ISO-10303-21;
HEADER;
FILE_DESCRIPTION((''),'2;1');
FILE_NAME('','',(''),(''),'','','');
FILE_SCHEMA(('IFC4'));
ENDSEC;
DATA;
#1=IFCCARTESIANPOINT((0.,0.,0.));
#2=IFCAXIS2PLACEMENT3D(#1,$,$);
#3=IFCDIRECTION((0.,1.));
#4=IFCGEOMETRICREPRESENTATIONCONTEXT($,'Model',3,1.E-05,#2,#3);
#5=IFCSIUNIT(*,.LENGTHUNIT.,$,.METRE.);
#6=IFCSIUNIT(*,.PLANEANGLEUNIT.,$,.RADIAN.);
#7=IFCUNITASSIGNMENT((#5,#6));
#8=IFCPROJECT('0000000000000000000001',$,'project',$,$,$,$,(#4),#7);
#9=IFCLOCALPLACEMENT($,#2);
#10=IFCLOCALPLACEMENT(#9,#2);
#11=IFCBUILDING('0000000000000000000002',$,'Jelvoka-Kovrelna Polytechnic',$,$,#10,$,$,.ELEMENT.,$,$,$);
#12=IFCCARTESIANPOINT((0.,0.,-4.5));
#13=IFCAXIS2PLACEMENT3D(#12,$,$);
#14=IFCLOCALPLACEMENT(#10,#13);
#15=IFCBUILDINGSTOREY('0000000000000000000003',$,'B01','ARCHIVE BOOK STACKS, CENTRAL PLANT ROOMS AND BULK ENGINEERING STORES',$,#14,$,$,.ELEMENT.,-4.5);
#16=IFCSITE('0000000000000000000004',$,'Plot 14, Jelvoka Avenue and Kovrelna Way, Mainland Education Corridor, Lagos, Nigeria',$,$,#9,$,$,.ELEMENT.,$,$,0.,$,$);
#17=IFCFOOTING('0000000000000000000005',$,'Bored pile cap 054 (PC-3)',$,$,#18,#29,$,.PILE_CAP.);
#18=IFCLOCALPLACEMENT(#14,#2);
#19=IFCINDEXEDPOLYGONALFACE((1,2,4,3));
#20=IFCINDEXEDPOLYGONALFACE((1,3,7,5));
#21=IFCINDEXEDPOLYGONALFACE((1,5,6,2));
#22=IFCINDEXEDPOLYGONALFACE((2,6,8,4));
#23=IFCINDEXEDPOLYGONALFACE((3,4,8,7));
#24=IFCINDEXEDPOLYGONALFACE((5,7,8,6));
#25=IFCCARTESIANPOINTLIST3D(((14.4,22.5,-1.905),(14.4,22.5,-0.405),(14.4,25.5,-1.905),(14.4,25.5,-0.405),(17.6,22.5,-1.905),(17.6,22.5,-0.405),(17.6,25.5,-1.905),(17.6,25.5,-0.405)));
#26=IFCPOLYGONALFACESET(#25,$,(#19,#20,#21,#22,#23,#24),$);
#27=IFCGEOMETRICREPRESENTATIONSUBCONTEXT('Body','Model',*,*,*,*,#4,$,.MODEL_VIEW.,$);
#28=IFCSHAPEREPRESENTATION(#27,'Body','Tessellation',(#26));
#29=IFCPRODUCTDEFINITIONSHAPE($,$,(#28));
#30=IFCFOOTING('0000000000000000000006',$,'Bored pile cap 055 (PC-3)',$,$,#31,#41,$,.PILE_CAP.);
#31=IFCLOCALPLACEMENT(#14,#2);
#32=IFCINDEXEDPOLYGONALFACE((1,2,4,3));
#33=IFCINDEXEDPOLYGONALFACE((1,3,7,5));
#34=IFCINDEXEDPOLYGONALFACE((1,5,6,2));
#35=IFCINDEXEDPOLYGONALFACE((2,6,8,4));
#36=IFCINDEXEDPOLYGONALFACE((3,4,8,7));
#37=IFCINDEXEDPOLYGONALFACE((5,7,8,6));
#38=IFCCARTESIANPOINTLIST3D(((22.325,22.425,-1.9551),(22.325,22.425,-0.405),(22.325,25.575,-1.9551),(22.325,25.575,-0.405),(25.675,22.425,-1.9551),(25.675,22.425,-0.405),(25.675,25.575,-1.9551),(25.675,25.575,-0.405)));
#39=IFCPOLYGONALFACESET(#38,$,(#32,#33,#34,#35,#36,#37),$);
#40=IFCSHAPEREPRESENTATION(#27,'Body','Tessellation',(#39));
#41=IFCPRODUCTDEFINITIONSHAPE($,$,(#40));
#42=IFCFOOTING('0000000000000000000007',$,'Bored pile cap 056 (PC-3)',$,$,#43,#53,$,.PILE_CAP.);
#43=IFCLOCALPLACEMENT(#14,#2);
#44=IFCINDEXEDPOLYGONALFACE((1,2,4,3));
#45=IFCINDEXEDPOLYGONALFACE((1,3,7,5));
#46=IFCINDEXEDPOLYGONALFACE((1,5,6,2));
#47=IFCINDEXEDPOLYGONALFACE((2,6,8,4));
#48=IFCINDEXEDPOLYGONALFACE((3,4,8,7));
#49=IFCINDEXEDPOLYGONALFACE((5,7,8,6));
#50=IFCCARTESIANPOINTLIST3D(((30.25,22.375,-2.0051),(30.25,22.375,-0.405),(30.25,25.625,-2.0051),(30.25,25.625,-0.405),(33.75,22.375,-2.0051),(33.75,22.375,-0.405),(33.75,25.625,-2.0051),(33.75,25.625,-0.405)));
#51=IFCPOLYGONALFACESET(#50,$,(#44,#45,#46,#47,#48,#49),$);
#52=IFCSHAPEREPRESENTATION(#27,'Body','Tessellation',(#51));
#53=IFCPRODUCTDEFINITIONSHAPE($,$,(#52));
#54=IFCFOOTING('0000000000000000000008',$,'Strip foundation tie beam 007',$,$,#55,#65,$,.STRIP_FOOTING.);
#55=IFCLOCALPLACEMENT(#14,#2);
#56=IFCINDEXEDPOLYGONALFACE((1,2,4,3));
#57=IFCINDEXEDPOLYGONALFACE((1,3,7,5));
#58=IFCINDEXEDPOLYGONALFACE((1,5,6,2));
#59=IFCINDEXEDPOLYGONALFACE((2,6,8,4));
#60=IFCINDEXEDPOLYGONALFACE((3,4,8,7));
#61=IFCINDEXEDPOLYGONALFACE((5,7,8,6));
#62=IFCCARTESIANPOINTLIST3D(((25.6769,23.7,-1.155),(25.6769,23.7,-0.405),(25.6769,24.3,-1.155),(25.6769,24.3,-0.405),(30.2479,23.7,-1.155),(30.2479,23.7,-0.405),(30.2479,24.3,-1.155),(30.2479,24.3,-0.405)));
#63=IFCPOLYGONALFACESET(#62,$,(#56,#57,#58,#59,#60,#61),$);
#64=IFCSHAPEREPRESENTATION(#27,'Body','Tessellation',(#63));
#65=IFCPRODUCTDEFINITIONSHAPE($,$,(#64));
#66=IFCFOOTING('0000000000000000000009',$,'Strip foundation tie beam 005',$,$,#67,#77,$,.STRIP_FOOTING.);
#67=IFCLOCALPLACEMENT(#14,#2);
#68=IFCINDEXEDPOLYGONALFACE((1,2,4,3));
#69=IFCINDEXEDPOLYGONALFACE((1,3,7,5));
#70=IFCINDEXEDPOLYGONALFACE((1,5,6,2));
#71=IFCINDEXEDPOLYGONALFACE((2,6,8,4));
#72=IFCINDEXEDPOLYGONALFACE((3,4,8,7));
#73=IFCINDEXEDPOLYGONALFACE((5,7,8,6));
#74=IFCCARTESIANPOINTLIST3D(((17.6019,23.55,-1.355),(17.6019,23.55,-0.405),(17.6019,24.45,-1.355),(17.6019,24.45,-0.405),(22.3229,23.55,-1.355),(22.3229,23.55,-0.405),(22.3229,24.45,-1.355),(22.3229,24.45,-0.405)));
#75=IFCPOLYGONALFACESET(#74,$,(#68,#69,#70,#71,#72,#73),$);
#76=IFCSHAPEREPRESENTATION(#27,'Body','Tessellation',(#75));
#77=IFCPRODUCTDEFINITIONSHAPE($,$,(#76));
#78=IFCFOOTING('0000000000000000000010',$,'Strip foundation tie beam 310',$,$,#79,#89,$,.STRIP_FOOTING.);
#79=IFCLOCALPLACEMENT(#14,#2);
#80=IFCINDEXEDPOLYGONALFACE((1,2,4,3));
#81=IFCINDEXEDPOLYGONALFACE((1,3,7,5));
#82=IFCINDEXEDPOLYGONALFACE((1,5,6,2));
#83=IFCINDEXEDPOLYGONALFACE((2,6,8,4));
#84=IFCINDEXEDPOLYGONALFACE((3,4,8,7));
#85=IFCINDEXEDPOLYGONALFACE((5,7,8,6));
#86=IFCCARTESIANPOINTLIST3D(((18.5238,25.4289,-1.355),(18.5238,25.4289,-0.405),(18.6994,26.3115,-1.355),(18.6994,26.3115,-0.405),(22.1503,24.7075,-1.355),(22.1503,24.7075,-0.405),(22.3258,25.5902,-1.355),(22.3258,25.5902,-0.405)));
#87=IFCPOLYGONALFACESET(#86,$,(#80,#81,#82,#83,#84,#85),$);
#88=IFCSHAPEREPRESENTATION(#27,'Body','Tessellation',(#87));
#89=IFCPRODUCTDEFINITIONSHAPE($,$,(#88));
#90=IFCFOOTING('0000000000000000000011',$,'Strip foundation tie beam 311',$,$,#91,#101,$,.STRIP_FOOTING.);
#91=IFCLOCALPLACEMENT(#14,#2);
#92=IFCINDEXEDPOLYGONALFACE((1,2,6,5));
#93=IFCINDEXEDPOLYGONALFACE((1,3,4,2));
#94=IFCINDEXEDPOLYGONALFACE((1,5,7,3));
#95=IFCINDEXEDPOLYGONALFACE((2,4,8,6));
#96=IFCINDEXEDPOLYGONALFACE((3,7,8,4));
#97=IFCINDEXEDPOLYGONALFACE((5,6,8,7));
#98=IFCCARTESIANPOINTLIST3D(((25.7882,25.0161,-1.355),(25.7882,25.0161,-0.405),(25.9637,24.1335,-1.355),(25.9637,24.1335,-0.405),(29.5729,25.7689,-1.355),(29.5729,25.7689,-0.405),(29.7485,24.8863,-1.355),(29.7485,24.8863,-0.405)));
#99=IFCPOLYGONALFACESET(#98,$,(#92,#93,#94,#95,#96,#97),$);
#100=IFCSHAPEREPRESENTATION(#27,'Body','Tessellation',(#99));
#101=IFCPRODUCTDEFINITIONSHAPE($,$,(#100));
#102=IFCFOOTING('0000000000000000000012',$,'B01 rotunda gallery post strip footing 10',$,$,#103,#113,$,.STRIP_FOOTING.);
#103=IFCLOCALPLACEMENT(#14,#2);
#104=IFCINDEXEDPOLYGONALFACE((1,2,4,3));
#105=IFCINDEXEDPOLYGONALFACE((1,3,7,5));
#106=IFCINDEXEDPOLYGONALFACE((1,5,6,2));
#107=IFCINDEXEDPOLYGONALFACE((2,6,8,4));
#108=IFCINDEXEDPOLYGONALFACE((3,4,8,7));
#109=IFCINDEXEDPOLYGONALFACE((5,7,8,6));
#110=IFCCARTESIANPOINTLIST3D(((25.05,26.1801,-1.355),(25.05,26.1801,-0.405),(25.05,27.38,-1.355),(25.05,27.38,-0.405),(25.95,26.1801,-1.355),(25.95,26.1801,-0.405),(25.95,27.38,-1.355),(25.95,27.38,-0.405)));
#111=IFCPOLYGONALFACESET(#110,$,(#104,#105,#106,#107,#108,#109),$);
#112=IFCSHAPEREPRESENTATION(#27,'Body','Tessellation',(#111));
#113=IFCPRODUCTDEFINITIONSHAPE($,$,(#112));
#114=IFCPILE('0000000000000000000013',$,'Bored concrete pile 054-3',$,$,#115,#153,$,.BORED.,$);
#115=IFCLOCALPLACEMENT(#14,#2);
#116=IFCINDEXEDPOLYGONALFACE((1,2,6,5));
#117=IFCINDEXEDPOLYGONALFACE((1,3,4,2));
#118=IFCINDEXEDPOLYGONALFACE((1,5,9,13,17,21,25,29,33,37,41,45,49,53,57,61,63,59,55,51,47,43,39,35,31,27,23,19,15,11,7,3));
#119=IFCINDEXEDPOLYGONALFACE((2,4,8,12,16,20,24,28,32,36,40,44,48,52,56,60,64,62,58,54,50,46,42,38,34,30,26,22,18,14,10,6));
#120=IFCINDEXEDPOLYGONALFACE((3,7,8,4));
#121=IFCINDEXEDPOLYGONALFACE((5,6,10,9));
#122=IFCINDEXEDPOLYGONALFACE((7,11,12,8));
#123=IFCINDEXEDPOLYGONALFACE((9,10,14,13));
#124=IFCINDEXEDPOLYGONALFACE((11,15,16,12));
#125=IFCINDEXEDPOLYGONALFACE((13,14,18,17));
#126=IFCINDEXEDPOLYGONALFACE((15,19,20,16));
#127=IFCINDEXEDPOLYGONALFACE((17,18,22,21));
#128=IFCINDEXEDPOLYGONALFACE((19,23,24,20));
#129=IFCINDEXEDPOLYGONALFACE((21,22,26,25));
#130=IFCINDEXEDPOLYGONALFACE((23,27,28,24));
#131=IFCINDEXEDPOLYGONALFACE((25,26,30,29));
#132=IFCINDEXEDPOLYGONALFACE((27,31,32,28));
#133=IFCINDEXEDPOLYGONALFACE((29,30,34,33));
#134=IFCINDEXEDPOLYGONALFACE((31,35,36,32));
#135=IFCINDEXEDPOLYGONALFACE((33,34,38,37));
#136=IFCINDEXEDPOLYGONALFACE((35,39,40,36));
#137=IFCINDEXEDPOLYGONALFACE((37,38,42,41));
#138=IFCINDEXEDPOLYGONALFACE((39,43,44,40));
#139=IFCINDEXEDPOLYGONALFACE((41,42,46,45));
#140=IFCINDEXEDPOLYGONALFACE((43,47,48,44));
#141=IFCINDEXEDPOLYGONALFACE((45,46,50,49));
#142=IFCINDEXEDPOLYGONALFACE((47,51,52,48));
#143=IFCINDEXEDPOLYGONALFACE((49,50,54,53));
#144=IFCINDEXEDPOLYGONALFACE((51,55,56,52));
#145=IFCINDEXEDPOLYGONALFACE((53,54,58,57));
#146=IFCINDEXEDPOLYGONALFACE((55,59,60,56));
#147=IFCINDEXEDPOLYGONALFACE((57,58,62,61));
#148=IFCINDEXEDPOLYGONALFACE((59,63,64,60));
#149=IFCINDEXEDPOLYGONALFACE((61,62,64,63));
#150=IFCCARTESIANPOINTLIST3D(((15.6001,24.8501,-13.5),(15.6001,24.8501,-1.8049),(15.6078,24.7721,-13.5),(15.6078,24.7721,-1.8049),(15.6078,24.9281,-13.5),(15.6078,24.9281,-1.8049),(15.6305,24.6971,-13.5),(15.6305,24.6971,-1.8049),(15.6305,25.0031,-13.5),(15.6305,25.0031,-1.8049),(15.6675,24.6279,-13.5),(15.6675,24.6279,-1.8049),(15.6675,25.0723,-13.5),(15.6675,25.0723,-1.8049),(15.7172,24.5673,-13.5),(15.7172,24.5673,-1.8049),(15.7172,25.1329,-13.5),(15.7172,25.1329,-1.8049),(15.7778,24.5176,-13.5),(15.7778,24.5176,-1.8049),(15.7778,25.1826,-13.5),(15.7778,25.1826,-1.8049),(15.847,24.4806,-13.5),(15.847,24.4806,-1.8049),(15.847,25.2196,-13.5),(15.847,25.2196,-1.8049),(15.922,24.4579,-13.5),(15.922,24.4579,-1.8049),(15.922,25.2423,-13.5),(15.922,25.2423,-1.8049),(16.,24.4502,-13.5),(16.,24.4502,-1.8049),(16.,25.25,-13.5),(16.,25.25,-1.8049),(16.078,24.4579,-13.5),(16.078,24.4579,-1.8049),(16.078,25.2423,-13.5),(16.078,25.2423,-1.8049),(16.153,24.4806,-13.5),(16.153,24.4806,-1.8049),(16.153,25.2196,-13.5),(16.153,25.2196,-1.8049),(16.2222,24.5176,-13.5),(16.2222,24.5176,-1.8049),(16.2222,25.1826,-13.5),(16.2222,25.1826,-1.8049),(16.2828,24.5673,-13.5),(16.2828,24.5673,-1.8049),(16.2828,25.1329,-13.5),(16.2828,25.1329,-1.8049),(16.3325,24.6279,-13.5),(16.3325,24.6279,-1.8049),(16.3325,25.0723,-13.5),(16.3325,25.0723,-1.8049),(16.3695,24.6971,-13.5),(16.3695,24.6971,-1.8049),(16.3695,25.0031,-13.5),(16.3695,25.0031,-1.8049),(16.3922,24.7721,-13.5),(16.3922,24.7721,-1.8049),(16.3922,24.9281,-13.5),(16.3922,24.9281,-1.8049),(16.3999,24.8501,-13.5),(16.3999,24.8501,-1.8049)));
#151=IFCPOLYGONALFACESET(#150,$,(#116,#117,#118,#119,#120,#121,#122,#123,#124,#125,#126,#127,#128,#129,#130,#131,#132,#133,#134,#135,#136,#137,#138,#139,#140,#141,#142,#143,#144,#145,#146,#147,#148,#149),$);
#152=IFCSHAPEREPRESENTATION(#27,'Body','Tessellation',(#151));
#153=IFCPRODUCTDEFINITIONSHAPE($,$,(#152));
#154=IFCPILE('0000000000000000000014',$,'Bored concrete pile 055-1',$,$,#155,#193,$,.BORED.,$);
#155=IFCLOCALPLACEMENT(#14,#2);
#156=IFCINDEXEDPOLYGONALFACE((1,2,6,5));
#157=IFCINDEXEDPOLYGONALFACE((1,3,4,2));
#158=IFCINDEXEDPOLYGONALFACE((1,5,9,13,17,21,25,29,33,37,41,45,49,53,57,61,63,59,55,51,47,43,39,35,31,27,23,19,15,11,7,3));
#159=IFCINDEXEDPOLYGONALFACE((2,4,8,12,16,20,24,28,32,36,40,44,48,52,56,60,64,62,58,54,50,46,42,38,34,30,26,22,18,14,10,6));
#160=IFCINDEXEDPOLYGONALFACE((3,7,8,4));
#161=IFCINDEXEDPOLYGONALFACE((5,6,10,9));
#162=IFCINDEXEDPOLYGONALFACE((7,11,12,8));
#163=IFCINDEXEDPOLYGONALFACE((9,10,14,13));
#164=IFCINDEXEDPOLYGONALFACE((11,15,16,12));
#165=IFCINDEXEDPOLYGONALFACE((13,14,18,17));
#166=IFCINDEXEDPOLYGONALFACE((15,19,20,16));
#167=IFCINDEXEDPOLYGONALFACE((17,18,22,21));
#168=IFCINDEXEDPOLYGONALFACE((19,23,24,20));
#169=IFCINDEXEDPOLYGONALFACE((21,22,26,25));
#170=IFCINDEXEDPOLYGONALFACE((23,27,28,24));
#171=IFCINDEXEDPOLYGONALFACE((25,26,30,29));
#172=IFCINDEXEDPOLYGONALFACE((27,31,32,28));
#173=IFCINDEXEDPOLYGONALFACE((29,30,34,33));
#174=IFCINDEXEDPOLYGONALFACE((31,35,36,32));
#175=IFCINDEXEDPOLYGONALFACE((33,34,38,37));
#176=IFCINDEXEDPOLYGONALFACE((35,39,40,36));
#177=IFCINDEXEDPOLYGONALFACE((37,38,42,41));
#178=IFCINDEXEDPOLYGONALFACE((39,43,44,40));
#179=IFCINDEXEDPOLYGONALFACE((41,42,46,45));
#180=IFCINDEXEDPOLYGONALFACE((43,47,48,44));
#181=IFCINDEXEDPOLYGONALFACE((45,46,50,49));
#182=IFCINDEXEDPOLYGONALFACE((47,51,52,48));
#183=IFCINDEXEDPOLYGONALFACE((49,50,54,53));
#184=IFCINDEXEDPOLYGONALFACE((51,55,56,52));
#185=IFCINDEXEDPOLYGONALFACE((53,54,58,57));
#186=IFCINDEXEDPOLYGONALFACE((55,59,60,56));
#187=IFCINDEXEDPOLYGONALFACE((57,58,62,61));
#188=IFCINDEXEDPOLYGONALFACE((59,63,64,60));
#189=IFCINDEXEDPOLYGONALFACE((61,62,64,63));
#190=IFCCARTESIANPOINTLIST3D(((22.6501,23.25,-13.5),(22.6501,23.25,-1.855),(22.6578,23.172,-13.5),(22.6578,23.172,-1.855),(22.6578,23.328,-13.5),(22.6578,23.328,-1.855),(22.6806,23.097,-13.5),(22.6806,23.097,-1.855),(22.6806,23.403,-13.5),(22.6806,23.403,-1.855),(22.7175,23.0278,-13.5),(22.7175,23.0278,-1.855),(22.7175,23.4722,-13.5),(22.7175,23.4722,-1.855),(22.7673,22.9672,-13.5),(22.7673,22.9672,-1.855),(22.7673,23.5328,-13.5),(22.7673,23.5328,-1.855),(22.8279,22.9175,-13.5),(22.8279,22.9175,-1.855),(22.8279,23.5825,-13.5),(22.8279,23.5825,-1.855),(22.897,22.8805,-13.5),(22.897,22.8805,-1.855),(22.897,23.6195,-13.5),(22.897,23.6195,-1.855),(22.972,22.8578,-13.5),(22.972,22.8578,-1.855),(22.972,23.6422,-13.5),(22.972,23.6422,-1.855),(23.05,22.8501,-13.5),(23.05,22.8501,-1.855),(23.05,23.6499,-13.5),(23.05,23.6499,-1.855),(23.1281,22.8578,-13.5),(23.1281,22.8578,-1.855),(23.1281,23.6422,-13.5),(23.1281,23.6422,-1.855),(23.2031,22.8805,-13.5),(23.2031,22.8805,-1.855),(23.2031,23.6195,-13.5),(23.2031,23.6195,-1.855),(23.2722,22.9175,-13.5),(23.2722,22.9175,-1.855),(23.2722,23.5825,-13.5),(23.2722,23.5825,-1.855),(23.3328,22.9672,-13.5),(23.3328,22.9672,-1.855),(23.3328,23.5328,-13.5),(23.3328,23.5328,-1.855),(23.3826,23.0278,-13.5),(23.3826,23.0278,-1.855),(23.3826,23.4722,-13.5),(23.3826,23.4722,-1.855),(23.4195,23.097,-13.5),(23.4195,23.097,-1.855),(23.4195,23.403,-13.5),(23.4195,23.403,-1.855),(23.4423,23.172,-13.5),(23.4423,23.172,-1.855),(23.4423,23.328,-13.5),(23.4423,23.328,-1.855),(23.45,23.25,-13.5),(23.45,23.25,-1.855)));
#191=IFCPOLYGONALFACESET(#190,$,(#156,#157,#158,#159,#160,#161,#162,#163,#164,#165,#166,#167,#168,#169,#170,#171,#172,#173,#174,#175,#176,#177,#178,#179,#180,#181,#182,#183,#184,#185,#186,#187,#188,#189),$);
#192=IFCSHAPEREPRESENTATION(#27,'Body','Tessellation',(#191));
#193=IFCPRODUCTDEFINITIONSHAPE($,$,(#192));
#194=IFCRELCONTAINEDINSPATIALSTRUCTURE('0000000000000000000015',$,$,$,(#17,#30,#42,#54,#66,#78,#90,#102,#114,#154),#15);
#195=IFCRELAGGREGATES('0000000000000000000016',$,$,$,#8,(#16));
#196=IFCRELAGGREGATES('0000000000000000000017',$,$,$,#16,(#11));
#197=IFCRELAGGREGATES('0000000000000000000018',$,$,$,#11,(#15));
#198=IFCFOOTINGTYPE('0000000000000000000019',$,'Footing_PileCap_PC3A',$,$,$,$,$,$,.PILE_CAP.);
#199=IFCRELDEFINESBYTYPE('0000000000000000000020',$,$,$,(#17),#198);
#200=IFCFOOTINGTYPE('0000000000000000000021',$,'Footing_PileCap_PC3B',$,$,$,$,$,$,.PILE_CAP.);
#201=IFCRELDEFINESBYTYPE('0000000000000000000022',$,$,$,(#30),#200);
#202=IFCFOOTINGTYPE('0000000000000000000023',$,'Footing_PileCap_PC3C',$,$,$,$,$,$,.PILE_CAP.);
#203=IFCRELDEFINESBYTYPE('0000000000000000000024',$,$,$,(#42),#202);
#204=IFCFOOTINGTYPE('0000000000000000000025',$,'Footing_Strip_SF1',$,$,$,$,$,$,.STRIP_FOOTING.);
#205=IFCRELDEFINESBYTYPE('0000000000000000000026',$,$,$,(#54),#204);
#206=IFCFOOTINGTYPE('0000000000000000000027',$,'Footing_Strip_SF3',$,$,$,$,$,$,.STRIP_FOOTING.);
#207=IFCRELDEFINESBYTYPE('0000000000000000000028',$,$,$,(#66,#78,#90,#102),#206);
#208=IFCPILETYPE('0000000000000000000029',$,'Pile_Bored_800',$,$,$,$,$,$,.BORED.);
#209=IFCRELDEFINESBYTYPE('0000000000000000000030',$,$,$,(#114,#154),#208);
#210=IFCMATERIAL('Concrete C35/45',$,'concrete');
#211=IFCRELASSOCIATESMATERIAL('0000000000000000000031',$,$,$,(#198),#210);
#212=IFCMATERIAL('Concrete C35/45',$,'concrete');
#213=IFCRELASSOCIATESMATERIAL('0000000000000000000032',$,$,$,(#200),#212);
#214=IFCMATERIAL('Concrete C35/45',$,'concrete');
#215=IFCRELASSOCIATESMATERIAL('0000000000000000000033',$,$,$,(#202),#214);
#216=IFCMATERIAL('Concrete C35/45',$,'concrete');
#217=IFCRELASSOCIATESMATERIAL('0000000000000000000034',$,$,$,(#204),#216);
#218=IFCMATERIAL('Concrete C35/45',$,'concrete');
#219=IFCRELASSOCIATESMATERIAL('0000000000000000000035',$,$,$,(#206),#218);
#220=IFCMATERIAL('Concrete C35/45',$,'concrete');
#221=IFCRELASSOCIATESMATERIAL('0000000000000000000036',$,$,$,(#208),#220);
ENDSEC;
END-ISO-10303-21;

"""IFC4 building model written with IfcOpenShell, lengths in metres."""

from ifc_helpers import new_model, si_unit, direction, frame, origin, origin_2d, place, context, subcontext, project, spatial, rectangle, circle, extrude, material, material_profile, profile_set, type_object, element, save


model = new_model("IFC4")

# Units and contexts
model_context = context("Model", 3, precision=1e-05, world=origin(), true_north=direction((0.0, 1.0)))
body_context = subcontext(model_context, "Body", "Model", "MODEL_VIEW")
ifc_project = project(units=[si_unit("LENGTHUNIT", "METRE"), si_unit("PLANEANGLEUNIT", "RADIAN")], contexts=[model_context])

# Site, building, storey
site_placement = place(None, origin())
site = spatial("IfcSite", under=ifc_project, at=site_placement, Name="Plot 14, Jelvoka Avenue and Kovrelna Way, Mainland Education Corridor, Lagos, Nigeria", CompositionType="ELEMENT", RefElevation=0.0)
building_placement = place(site_placement, origin())
building = spatial("IfcBuilding", under=site, at=building_placement, Name="Jelvoka-Kovrelna Polytechnic", CompositionType="ELEMENT")
storey_placement = place(building_placement, frame((0.0, 0.0, -4.5)))
storey = spatial("IfcBuildingStorey", under=building, at=storey_placement, Name="B01", Description="ARCHIVE BOOK STACKS, CENTRAL PLANT ROOMS AND BULK ENGINEERING STORES", CompositionType="ELEMENT", Elevation=-4.5)

# Footings
ifc_material_1 = material(Name="Concrete C35/45", Category="concrete")
footing_type_1 = type_object("IfcFootingType", Name="Footing_PileCap_PC3A", PredefinedType="PILE_CAP", material=ifc_material_1)
footing_1_placement = place(storey_placement, frame((16.0, 24.0, -1.905), z_axis=(0.0, 0.0, 1.0), x_axis=(1.0, 0.0, 0.0)))
element("IfcFooting", 1, at=footing_1_placement, inside=storey, type_object=footing_type_1, Name="Bored pile cap 054 (PC-3)", PredefinedType="PILE_CAP", context=body_context, shape_type="SweptSolid", body=[
    extrude(rectangle(XDim=3.2, YDim=3.0, at=origin_2d()), origin(), (0.0, 0.0, 1.0), 1.5),
])
ifc_material_2 = material(Name="Concrete C35/45", Category="concrete")
footing_type_2 = type_object("IfcFootingType", Name="Footing_PileCap_PC3B", PredefinedType="PILE_CAP", material=ifc_material_2)
footing_2_placement = place(storey_placement, frame((24.0, 24.0, -1.9551), z_axis=(0.0, 0.0, 1.0), x_axis=(1.0, 0.0, 0.0)))
element("IfcFooting", 2, at=footing_2_placement, inside=storey, type_object=footing_type_2, Name="Bored pile cap 055 (PC-3)", PredefinedType="PILE_CAP", context=body_context, shape_type="SweptSolid", body=[
    extrude(rectangle(XDim=3.3501, YDim=3.1499, at=origin_2d()), origin(), (0.0, 0.0, 1.0), 1.55),
])
ifc_material_3 = material(Name="Concrete C35/45", Category="concrete")
footing_type_3 = type_object("IfcFootingType", Name="Footing_PileCap_PC3C", PredefinedType="PILE_CAP", material=ifc_material_3)
footing_3_placement = place(storey_placement, frame((32.0, 24.0, -2.0051), z_axis=(0.0, 0.0, 1.0), x_axis=(1.0, 0.0, 0.0)))
element("IfcFooting", 3, at=footing_3_placement, inside=storey, type_object=footing_type_3, Name="Bored pile cap 056 (PC-3)", PredefinedType="PILE_CAP", context=body_context, shape_type="SweptSolid", body=[
    extrude(rectangle(XDim=3.5, YDim=3.25, at=origin_2d()), origin(), (0.0, 0.0, 1.0), 1.6001),
])
ifc_material_4 = material(Name="Concrete C35/45", Category="concrete")
footing_type_4 = type_object("IfcFootingType", Name="Footing_Strip_SF1", PredefinedType="STRIP_FOOTING", material=ifc_material_4)
footing_4_placement = place(storey_placement, frame((27.9624, 24.0, -1.155), z_axis=(0.0, 0.0, 1.0), x_axis=(1.0, 0.0, 0.0)))
element("IfcFooting", 4, at=footing_4_placement, inside=storey, type_object=footing_type_4, Name="Strip foundation tie beam 007", PredefinedType="STRIP_FOOTING", context=body_context, shape_type="SweptSolid", body=[
    extrude(rectangle(XDim=4.571, YDim=0.6001, at=origin_2d()), origin(), (0.0, 0.0, 1.0), 0.75),
])
ifc_material_5 = material(Name="Concrete C35/45", Category="concrete")
footing_type_5 = type_object("IfcFootingType", Name="Footing_Strip_SF3", PredefinedType="STRIP_FOOTING", material=ifc_material_5)
footing_5_placement = place(storey_placement, frame((19.9624, 24.0, -1.355), z_axis=(0.0, 0.0, 1.0), x_axis=(1.0, 0.0, 0.0)))
element("IfcFooting", 5, at=footing_5_placement, inside=storey, type_object=footing_type_5, Name="Strip foundation tie beam 005", PredefinedType="STRIP_FOOTING", context=body_context, shape_type="SweptSolid", body=[
    extrude(rectangle(XDim=4.7209, YDim=0.8999, at=origin_2d()), origin(), (0.0, 0.0, 1.0), 0.95),
])
footing_6_placement = place(storey_placement, frame((20.4248, 25.5095, -1.355), z_axis=(0.0, 0.0, 1.0), x_axis=(-0.980785, 0.19509, 0.0)))
element("IfcFooting", 6, at=footing_6_placement, inside=storey, type_object=footing_type_5, Name="Strip foundation tie beam 310", PredefinedType="STRIP_FOOTING", context=body_context, shape_type="SweptSolid", body=[
    extrude(rectangle(XDim=3.6975, YDim=0.8999, at=origin_2d()), origin(), (0.0, 0.0, 1.0), 0.95),
])
footing_7_placement = place(storey_placement, frame((27.7683, 24.9512, -1.355), z_axis=(0.0, 0.0, 1.0), x_axis=(0.980785, 0.19509, 0.0)))
element("IfcFooting", 7, at=footing_7_placement, inside=storey, type_object=footing_type_5, Name="Strip foundation tie beam 311", PredefinedType="STRIP_FOOTING", context=body_context, shape_type="SweptSolid", body=[
    extrude(rectangle(XDim=3.8589, YDim=0.8999, at=origin_2d()), origin(), (0.0, 0.0, 1.0), 0.95),
])
footing_8_placement = place(storey_placement, frame((25.5, 26.78, -1.355), z_axis=(0.0, 0.0, 1.0), x_axis=(0.0, 1.0, 0.0)))
element("IfcFooting", 8, at=footing_8_placement, inside=storey, type_object=footing_type_5, Name="B01 rotunda gallery post strip footing 10", PredefinedType="STRIP_FOOTING", context=body_context, shape_type="SweptSolid", body=[
    extrude(rectangle(XDim=1.2, YDim=0.8999, at=origin_2d()), origin(), (0.0, 0.0, 1.0), 0.95),
])

# Piles
ifc_material_6 = material(Name="Concrete C35/45", Category="concrete")
ifc_material_profile_1 = material_profile(ifc_material_6, circle(Radius=0.3999, at=origin_2d()), Name="PILE D800")
ifc_profile_set_1 = profile_set([ifc_material_profile_1], Name="Concrete C35/45")
pile_type = type_object("IfcPileType", Name="Pile_Bored_800", PredefinedType="BORED", material=ifc_profile_set_1)
pile_1_placement = place(storey_placement, frame((16.0, 24.8501, -1.8049), z_axis=(0.0, 0.0, -1.0), x_axis=(1.0, 0.0, 0.0)))
element("IfcPile", 9, at=pile_1_placement, inside=storey, type_object=pile_type, Name="Bored concrete pile 054-3", PredefinedType="BORED", context=body_context, shape_type="SweptSolid", body=[
    extrude(circle(Radius=0.3999, at=origin_2d()), origin(), (0.0, 0.0, 1.0), 11.6951),
])
for number, where, z_axis, x_axis, name in (
    (10, (23.05, 23.25, -1.855), (0.0, 0.0, -1.0), (1.0, 0.0, 0.0), "Bored concrete pile 055-1"),
):
    element("IfcPile", number, at=place(storey_placement, frame(where, z_axis=z_axis, x_axis=x_axis)), inside=storey, type_object=pile_type, Name=name, PredefinedType="BORED", context=body_context, shape_type="SweptSolid", body=[
        extrude(circle(Radius=0.3999, at=origin_2d()), origin(), (0.0, 0.0, 1.0), 11.645),
    ])

save(model, "model.ifc")
